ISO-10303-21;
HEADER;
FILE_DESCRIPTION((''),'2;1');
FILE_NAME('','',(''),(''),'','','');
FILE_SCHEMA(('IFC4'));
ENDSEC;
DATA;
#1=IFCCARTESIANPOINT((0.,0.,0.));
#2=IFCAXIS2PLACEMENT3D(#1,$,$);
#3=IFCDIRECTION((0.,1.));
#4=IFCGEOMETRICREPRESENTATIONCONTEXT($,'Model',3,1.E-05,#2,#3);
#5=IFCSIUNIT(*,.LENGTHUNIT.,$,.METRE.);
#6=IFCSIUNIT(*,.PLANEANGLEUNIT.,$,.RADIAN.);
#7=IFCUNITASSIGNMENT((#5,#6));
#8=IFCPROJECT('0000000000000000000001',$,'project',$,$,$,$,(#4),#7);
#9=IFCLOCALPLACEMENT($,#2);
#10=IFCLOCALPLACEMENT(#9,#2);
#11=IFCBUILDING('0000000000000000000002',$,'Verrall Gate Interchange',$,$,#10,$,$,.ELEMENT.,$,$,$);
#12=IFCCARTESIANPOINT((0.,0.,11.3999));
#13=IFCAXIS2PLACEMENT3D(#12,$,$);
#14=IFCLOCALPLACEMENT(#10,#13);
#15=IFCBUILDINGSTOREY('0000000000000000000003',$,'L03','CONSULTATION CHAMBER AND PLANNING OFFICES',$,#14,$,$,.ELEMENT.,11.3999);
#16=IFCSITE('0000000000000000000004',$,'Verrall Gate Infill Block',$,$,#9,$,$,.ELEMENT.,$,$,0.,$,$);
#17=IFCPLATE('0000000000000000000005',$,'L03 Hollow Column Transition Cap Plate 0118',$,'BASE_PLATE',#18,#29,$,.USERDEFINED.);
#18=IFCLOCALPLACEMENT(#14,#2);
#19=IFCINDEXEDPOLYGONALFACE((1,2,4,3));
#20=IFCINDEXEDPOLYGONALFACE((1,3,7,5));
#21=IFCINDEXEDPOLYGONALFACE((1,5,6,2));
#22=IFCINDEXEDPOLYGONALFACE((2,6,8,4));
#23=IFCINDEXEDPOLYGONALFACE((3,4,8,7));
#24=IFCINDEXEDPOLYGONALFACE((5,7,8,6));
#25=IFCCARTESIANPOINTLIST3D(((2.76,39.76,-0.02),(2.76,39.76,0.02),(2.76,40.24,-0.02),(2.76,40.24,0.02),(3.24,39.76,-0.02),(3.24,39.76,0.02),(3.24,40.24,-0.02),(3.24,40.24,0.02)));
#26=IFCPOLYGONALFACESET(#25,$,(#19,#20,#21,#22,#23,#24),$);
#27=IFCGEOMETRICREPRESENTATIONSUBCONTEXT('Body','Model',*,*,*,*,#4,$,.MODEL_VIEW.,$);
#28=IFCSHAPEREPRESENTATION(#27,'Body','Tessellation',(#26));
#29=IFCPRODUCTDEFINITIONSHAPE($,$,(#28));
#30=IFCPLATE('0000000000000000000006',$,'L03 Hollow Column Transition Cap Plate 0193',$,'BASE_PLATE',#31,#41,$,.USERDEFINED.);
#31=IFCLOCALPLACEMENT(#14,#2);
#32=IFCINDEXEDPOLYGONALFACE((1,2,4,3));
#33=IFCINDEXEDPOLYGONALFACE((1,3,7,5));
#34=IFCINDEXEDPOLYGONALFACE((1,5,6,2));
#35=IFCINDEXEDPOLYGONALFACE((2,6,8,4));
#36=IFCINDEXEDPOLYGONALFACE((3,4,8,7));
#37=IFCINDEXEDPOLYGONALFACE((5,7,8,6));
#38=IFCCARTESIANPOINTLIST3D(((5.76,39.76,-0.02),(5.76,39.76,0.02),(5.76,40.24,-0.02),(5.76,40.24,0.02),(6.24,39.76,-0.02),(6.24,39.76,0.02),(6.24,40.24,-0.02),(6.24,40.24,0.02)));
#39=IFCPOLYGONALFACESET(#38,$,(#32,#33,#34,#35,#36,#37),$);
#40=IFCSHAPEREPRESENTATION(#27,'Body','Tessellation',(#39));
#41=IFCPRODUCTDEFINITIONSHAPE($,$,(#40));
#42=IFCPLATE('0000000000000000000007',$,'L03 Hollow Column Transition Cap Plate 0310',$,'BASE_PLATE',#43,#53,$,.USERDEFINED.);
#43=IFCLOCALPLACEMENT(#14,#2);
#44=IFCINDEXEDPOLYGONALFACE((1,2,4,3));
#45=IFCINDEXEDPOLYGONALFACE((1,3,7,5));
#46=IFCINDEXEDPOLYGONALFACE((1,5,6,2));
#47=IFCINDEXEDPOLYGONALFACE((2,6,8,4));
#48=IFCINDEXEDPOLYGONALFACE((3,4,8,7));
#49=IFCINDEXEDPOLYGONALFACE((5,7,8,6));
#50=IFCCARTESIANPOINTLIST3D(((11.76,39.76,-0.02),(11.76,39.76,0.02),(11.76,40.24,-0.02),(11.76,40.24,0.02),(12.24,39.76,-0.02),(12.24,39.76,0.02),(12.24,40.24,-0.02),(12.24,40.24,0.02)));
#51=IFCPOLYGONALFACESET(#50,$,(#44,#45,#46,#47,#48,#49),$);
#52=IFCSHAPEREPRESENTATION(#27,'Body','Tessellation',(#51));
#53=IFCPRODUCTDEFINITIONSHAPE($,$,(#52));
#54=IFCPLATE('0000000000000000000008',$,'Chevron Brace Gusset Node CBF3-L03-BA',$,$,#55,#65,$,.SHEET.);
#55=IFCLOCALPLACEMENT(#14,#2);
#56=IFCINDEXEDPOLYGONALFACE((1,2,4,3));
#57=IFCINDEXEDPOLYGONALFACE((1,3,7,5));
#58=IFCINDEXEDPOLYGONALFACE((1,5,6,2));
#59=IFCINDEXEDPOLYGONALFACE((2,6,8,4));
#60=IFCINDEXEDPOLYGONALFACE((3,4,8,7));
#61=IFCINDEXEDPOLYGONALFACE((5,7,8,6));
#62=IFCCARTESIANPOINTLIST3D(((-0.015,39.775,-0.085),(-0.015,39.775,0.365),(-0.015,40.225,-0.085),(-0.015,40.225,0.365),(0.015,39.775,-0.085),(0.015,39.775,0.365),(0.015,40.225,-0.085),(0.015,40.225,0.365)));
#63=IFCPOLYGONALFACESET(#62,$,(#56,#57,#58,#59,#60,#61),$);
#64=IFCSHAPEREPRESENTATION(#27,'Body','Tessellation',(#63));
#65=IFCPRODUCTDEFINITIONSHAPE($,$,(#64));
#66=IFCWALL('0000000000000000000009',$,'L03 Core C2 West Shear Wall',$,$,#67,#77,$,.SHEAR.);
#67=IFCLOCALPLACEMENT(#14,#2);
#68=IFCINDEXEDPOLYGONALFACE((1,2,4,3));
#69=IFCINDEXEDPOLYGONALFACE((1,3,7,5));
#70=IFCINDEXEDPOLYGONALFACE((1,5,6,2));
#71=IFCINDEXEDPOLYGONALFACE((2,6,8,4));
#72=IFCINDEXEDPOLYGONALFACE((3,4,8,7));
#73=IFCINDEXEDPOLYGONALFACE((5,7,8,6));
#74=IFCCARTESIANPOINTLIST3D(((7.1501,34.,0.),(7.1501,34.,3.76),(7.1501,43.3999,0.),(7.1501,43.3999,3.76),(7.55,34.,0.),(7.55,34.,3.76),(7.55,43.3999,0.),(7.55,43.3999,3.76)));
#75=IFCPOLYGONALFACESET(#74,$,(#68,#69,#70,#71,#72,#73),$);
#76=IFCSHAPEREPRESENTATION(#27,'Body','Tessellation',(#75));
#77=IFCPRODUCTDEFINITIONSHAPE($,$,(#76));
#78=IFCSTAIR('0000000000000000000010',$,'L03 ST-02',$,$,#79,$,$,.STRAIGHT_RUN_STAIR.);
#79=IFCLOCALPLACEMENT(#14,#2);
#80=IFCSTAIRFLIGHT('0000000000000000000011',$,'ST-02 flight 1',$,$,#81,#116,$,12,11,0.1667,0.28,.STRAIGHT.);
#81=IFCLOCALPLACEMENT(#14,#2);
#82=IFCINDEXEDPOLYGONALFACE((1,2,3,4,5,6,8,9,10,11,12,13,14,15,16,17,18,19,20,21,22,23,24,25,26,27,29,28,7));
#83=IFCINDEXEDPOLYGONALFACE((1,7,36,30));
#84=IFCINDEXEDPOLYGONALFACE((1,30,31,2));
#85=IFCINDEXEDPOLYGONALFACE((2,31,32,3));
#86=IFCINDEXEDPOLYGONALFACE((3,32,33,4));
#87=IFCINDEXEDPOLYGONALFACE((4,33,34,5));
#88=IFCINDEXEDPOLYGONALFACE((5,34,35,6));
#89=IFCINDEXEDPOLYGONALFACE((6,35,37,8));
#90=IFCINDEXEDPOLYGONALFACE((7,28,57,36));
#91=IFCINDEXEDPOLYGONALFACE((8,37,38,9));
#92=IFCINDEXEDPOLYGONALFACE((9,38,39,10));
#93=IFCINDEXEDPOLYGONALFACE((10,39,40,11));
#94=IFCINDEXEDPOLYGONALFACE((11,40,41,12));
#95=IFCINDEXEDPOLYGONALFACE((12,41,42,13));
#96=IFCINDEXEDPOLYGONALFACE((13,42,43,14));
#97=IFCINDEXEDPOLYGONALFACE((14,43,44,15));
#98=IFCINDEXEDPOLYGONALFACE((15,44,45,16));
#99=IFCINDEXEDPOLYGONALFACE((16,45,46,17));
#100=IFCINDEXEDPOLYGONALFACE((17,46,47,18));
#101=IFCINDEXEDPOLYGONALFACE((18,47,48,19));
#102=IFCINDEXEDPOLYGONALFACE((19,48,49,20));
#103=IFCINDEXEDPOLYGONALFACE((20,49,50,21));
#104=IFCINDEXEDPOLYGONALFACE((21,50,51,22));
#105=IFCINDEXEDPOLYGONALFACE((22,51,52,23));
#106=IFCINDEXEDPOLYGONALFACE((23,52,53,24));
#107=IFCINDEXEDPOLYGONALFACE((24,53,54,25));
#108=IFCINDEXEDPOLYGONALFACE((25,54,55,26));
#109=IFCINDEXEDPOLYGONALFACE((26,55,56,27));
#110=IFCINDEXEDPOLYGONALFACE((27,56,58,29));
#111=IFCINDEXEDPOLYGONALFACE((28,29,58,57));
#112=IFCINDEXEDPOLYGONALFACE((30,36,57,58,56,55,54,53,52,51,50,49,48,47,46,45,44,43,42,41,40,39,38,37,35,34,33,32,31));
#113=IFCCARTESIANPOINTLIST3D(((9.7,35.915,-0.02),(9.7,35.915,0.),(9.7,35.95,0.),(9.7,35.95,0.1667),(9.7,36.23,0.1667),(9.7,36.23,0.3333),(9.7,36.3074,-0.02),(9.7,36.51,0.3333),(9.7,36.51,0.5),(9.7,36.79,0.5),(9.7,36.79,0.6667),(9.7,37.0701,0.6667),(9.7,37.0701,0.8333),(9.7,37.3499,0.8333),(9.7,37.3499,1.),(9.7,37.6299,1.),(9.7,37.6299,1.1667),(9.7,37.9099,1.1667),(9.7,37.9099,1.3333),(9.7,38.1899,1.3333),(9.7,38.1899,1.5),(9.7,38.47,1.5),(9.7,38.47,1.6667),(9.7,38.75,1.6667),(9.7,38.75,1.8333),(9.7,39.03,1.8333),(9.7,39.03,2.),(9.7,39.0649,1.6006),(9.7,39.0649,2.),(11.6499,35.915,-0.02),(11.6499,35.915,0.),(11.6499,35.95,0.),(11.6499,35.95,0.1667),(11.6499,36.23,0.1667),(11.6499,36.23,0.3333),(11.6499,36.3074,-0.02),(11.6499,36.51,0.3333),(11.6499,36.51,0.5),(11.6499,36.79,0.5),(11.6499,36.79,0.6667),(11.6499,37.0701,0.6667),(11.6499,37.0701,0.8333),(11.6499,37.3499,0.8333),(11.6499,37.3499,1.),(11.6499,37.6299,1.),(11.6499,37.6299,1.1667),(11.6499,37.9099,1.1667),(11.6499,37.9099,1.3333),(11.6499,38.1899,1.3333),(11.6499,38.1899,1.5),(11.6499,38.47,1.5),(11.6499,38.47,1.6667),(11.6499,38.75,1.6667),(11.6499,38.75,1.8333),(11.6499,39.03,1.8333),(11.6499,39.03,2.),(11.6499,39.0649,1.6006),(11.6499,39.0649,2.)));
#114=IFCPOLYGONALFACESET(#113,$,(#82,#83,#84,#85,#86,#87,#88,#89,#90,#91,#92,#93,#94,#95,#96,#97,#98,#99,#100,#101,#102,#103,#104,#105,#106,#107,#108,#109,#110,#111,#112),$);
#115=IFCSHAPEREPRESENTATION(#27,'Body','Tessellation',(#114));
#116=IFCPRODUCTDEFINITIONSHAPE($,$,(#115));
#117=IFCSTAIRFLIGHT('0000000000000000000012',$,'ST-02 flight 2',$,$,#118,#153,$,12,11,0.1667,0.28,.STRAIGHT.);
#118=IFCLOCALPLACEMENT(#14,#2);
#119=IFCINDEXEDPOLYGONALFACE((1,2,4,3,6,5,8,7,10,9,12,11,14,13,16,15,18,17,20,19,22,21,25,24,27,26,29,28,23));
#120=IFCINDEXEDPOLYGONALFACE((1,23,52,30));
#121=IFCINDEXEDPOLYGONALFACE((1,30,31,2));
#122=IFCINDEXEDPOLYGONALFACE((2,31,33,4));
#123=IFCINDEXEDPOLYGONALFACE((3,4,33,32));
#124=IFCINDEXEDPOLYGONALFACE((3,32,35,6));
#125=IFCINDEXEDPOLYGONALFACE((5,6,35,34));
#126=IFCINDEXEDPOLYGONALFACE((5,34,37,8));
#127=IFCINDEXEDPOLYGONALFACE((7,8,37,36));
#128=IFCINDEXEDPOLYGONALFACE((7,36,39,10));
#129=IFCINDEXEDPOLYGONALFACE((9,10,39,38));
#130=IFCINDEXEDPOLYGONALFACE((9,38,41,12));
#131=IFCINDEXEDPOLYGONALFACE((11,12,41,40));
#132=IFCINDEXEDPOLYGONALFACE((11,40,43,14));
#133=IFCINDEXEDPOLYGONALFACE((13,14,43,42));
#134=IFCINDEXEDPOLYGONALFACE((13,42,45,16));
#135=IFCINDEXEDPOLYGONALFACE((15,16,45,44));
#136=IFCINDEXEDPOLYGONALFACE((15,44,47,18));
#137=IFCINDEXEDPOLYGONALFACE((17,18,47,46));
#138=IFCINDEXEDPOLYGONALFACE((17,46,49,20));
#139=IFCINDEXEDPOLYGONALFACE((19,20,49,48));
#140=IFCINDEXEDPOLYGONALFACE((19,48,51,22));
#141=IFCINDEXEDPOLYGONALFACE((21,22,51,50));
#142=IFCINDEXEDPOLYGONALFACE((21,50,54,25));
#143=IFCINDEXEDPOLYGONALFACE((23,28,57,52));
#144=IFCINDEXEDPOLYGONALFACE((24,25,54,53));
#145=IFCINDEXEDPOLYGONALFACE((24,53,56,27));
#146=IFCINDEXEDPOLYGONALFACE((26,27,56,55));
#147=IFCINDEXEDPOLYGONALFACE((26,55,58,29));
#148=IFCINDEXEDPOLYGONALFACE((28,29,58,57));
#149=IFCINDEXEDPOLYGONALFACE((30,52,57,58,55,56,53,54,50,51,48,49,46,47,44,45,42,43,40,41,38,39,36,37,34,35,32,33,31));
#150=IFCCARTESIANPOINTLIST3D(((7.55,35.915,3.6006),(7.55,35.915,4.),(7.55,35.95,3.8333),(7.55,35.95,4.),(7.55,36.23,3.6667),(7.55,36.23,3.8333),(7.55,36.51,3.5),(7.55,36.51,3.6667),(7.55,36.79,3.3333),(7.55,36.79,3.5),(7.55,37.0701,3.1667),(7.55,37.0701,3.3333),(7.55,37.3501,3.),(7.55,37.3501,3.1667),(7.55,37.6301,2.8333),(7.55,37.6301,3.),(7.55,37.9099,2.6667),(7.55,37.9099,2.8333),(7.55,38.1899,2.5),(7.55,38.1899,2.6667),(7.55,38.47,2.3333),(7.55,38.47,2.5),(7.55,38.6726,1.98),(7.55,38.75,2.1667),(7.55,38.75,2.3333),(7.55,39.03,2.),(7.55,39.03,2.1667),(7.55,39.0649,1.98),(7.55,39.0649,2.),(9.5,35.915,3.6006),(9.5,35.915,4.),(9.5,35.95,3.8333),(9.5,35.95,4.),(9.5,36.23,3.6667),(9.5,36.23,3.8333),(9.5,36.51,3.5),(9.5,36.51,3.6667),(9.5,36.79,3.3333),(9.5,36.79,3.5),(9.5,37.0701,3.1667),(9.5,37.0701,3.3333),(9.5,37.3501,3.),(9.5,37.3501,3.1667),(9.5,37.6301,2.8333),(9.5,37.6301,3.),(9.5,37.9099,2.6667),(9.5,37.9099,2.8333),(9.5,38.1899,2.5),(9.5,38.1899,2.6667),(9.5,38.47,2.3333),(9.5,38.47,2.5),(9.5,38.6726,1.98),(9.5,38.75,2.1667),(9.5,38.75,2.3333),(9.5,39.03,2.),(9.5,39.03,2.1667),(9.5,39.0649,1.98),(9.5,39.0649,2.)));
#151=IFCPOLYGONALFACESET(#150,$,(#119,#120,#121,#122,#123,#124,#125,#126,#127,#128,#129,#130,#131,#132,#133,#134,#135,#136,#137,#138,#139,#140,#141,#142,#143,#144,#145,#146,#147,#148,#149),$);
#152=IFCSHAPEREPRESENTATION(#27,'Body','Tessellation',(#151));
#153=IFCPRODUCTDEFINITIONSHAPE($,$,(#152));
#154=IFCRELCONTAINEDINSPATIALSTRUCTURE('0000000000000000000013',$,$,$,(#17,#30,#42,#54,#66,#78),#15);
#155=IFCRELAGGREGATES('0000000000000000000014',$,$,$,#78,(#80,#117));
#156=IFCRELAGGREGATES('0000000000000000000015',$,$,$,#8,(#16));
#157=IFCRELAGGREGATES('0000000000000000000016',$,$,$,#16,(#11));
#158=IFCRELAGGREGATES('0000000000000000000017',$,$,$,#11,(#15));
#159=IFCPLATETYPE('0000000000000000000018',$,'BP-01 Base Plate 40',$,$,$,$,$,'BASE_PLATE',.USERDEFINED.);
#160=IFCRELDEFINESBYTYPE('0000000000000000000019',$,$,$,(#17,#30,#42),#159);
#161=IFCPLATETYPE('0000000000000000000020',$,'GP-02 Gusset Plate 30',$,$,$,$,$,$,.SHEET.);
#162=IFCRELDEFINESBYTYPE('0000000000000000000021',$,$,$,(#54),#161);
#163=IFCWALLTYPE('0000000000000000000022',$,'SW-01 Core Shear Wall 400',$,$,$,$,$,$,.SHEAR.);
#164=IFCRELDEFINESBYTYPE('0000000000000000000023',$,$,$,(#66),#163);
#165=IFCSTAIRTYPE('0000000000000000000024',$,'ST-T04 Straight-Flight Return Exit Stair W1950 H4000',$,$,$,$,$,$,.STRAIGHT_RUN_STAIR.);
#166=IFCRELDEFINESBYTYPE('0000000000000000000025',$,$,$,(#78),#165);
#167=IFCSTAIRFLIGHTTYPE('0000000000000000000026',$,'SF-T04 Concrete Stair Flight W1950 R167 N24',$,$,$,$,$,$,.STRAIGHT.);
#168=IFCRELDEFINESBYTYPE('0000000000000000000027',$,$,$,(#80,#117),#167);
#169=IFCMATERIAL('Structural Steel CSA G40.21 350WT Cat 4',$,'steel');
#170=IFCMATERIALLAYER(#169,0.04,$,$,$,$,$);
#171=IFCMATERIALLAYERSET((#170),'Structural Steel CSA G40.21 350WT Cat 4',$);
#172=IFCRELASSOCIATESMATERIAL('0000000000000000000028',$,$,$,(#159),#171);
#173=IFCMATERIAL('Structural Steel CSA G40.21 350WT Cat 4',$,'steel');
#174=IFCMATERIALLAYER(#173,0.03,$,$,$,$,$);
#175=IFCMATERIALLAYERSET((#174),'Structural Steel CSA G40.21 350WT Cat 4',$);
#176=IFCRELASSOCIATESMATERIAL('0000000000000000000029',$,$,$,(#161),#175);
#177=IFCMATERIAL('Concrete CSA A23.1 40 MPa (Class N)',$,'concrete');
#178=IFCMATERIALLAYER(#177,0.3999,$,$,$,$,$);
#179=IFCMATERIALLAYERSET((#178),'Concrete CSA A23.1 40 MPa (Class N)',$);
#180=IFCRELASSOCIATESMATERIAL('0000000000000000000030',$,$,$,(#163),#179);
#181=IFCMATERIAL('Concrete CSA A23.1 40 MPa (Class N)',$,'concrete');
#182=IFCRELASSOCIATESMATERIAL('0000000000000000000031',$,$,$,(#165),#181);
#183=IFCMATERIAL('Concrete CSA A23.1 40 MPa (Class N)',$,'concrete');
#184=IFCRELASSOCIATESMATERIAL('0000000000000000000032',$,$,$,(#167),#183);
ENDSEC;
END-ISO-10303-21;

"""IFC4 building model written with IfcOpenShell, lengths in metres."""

from ifc_helpers import new_model, si_unit, direction, frame, frame_2d, origin, origin_2d, place, context, subcontext, project, spatial, polyline, rectangle, outline, extrude, material, layer, layer_set, type_object, element, aggregate, save


model = new_model("IFC4")

# Units and contexts
model_context = context("Model", 3, precision=1e-05, world=origin(), true_north=direction((0.0, 1.0)))
body_context = subcontext(model_context, "Body", "Model", "MODEL_VIEW")
ifc_project = project(units=[si_unit("LENGTHUNIT", "METRE"), si_unit("PLANEANGLEUNIT", "RADIAN")], contexts=[model_context])

# Site, building, storey
site_placement = place(None, origin())
site = spatial("IfcSite", under=ifc_project, at=site_placement, Name="Verrall Gate Infill Block", CompositionType="ELEMENT", RefElevation=0.0)
building_placement = place(site_placement, origin())
building = spatial("IfcBuilding", under=site, at=building_placement, Name="Verrall Gate Interchange", CompositionType="ELEMENT")
storey_placement = place(building_placement, frame((0.0, 0.0, 11.3999)))
storey = spatial("IfcBuildingStorey", under=building, at=storey_placement, Name="L03", Description="CONSULTATION CHAMBER AND PLANNING OFFICES", CompositionType="ELEMENT", Elevation=11.3999)

# Plates
ifc_material_1 = material(Name="Structural Steel CSA G40.21 350WT Cat 4", Category="steel")
ifc_layer_1 = layer(ifc_material_1, 0.04)
ifc_layer_set_1 = layer_set([ifc_layer_1], Name="Structural Steel CSA G40.21 350WT Cat 4")
plate_type_1 = type_object("IfcPlateType", Name="BP-01 Base Plate 40", ElementType="BASE_PLATE", PredefinedType="USERDEFINED", material=ifc_layer_set_1)
for number, where, z_axis, x_axis, name in (
    (1, (3.0, 40.0, -0.02), (0.0, 0.0, 1.0), (1.0, 0.0, 0.0), "L03 Hollow Column Transition Cap Plate 0118"),
    (2, (6.0, 40.0, -0.02), (0.0, 0.0, 1.0), (1.0, 0.0, 0.0), "L03 Hollow Column Transition Cap Plate 0193"),
    (3, (12.0, 40.0, -0.02), (0.0, 0.0, 1.0), (1.0, 0.0, 0.0), "L03 Hollow Column Transition Cap Plate 0310"),
):
    element("IfcPlate", number, at=place(storey_placement, frame(where, z_axis=z_axis, x_axis=x_axis)), inside=storey, type_object=plate_type_1, Name=name, ObjectType="BASE_PLATE", PredefinedType="USERDEFINED", context=body_context, shape_type="SweptSolid", body=[
        extrude(rectangle(XDim=0.48, YDim=0.48, at=origin_2d()), origin(), (0.0, 0.0, 1.0), 0.04),
    ])
ifc_material_2 = material(Name="Structural Steel CSA G40.21 350WT Cat 4", Category="steel")
ifc_layer_2 = layer(ifc_material_2, 0.03)
ifc_layer_set_2 = layer_set([ifc_layer_2], Name="Structural Steel CSA G40.21 350WT Cat 4")
plate_type_2 = type_object("IfcPlateType", Name="GP-02 Gusset Plate 30", PredefinedType="SHEET", material=ifc_layer_set_2)
plate_placement = place(storey_placement, frame((0.0, 40.0, -0.085), z_axis=(0.0, 0.0, 1.0), x_axis=(1.0, 0.0, 0.0)))
element("IfcPlate", 4, at=plate_placement, inside=storey, type_object=plate_type_2, Name="Chevron Brace Gusset Node CBF3-L03-BA", PredefinedType="SHEET", context=body_context, shape_type="SweptSolid", body=[
    extrude(rectangle(XDim=0.03, YDim=0.45, at=origin_2d()), origin(), (0.0, 0.0, 1.0), 0.45),
])

# Wall
ifc_material_3 = material(Name="Concrete CSA A23.1 40 MPa (Class N)", Category="concrete")
ifc_layer_3 = layer(ifc_material_3, 0.3999)
ifc_layer_set_3 = layer_set([ifc_layer_3], Name="Concrete CSA A23.1 40 MPa (Class N)")
wall_type = type_object("IfcWallType", Name="SW-01 Core Shear Wall 400", PredefinedType="SHEAR", material=ifc_layer_set_3)
wall_placement = place(storey_placement, frame((7.3501, 43.3999, 0.0), z_axis=(0.0, 0.0, 1.0), x_axis=(0.0, -1.0, 0.0)))
element("IfcWall", 5, at=wall_placement, inside=storey, type_object=wall_type, Name="L03 Core C2 West Shear Wall", PredefinedType="SHEAR", context=body_context, shape_type="SweptSolid", body=[
    extrude(rectangle(XDim=9.3999, YDim=0.3999, at=frame_2d((4.7, 0.0))), origin(), (0.0, 0.0, 1.0), 3.76),
])

# Stair, stair flights
ifc_material_4 = material(Name="Concrete CSA A23.1 40 MPa (Class N)", Category="concrete")
stair_type = type_object("IfcStairType", Name="ST-T04 Straight-Flight Return Exit Stair W1950 H4000", PredefinedType="STRAIGHT_RUN_STAIR", material=ifc_material_4)
stair_placement = place(storey_placement, origin())
stair = element("IfcStair", 6, at=stair_placement, inside=storey, type_object=stair_type, Name="L03 ST-02", PredefinedType="STRAIGHT_RUN_STAIR")
ifc_material_5 = material(Name="Concrete CSA A23.1 40 MPa (Class N)", Category="concrete")
stair_flight_type = type_object("IfcStairFlightType", Name="SF-T04 Concrete Stair Flight W1950 R167 N24", PredefinedType="STRAIGHT", material=ifc_material_5)
stair_flight_1_placement = place(storey_placement, frame((10.675, 35.95, 0.0), z_axis=(0.0, 0.0, 1.0), x_axis=(0.0, 1.0, 0.0)))
stair_flight_1 = element("IfcStairFlight", 7, at=stair_flight_1_placement, type_object=stair_flight_type, Name="ST-02 flight 1", NumberOfRisers=12, NumberOfTreads=11, PredefinedType="STRAIGHT", RiserHeight=0.1667, TreadLength=0.28, context=body_context, shape_type="SweptSolid", body=[
    extrude(outline(polyline([(-0.0349, -0.02), (-0.0349, 0.0), (0.0, 0.0), (0.0, 0.1667), (0.28, 0.1667), (0.28, 0.3333), (0.5601, 0.3333), (0.5601, 0.5), (0.8401, 0.5), (0.8401, 0.6667), (1.1201, 0.6667), (1.1201, 0.8333), (1.3999, 0.8333), (1.3999, 1.0), (1.6799, 1.0), (1.6799, 1.1667), (1.96, 1.1667), (1.96, 1.3333), (2.24, 1.3333), (2.24, 1.5), (2.52, 1.5), (2.52, 1.6667), (2.8, 1.6667), (2.8, 1.8333), (3.0801, 1.8333), (3.0801, 2.0), (3.115, 2.0), (3.115, 1.6006), (0.3574, -0.02), (-0.0349, -0.02)])), frame((0.0, 0.9751, 0.0), z_axis=(0.0, -1.0, 0.0), x_axis=(1.0, 0.0, 0.0)), (0.0, 0.0, 1.0), 1.95),
])
stair_flight_2_placement = place(storey_placement, frame((8.5249, 39.03, 2.0), z_axis=(0.0, 0.0, 1.0), x_axis=(0.0, -1.0, 0.0)))
stair_flight_2 = element("IfcStairFlight", 8, at=stair_flight_2_placement, type_object=stair_flight_type, Name="ST-02 flight 2", NumberOfRisers=12, NumberOfTreads=11, PredefinedType="STRAIGHT", RiserHeight=0.1667, TreadLength=0.28, context=body_context, shape_type="SweptSolid", body=[
    extrude(outline(polyline([(-0.0349, -0.02), (-0.0349, 0.0), (0.0, 0.0), (0.0, 0.1667), (0.28, 0.1667), (0.28, 0.3333), (0.5601, 0.3333), (0.5601, 0.5), (0.8401, 0.5), (0.8401, 0.6667), (1.1201, 0.6667), (1.1201, 0.8333), (1.3999, 0.8333), (1.3999, 1.0), (1.6799, 1.0), (1.6799, 1.1667), (1.96, 1.1667), (1.96, 1.3333), (2.24, 1.3333), (2.24, 1.5), (2.52, 1.5), (2.52, 1.6667), (2.8, 1.6667), (2.8, 1.8333), (3.0801, 1.8333), (3.0801, 2.0), (3.115, 2.0), (3.115, 1.6006), (0.3574, -0.02), (-0.0349, -0.02)])), frame((0.0, 0.9751, 0.0), z_axis=(0.0, -1.0, 0.0), x_axis=(1.0, 0.0, 0.0)), (0.0, 0.0, 1.0), 1.95),
])
aggregate(stair, [stair_flight_1, stair_flight_2])

save(model, "model.ifc")
